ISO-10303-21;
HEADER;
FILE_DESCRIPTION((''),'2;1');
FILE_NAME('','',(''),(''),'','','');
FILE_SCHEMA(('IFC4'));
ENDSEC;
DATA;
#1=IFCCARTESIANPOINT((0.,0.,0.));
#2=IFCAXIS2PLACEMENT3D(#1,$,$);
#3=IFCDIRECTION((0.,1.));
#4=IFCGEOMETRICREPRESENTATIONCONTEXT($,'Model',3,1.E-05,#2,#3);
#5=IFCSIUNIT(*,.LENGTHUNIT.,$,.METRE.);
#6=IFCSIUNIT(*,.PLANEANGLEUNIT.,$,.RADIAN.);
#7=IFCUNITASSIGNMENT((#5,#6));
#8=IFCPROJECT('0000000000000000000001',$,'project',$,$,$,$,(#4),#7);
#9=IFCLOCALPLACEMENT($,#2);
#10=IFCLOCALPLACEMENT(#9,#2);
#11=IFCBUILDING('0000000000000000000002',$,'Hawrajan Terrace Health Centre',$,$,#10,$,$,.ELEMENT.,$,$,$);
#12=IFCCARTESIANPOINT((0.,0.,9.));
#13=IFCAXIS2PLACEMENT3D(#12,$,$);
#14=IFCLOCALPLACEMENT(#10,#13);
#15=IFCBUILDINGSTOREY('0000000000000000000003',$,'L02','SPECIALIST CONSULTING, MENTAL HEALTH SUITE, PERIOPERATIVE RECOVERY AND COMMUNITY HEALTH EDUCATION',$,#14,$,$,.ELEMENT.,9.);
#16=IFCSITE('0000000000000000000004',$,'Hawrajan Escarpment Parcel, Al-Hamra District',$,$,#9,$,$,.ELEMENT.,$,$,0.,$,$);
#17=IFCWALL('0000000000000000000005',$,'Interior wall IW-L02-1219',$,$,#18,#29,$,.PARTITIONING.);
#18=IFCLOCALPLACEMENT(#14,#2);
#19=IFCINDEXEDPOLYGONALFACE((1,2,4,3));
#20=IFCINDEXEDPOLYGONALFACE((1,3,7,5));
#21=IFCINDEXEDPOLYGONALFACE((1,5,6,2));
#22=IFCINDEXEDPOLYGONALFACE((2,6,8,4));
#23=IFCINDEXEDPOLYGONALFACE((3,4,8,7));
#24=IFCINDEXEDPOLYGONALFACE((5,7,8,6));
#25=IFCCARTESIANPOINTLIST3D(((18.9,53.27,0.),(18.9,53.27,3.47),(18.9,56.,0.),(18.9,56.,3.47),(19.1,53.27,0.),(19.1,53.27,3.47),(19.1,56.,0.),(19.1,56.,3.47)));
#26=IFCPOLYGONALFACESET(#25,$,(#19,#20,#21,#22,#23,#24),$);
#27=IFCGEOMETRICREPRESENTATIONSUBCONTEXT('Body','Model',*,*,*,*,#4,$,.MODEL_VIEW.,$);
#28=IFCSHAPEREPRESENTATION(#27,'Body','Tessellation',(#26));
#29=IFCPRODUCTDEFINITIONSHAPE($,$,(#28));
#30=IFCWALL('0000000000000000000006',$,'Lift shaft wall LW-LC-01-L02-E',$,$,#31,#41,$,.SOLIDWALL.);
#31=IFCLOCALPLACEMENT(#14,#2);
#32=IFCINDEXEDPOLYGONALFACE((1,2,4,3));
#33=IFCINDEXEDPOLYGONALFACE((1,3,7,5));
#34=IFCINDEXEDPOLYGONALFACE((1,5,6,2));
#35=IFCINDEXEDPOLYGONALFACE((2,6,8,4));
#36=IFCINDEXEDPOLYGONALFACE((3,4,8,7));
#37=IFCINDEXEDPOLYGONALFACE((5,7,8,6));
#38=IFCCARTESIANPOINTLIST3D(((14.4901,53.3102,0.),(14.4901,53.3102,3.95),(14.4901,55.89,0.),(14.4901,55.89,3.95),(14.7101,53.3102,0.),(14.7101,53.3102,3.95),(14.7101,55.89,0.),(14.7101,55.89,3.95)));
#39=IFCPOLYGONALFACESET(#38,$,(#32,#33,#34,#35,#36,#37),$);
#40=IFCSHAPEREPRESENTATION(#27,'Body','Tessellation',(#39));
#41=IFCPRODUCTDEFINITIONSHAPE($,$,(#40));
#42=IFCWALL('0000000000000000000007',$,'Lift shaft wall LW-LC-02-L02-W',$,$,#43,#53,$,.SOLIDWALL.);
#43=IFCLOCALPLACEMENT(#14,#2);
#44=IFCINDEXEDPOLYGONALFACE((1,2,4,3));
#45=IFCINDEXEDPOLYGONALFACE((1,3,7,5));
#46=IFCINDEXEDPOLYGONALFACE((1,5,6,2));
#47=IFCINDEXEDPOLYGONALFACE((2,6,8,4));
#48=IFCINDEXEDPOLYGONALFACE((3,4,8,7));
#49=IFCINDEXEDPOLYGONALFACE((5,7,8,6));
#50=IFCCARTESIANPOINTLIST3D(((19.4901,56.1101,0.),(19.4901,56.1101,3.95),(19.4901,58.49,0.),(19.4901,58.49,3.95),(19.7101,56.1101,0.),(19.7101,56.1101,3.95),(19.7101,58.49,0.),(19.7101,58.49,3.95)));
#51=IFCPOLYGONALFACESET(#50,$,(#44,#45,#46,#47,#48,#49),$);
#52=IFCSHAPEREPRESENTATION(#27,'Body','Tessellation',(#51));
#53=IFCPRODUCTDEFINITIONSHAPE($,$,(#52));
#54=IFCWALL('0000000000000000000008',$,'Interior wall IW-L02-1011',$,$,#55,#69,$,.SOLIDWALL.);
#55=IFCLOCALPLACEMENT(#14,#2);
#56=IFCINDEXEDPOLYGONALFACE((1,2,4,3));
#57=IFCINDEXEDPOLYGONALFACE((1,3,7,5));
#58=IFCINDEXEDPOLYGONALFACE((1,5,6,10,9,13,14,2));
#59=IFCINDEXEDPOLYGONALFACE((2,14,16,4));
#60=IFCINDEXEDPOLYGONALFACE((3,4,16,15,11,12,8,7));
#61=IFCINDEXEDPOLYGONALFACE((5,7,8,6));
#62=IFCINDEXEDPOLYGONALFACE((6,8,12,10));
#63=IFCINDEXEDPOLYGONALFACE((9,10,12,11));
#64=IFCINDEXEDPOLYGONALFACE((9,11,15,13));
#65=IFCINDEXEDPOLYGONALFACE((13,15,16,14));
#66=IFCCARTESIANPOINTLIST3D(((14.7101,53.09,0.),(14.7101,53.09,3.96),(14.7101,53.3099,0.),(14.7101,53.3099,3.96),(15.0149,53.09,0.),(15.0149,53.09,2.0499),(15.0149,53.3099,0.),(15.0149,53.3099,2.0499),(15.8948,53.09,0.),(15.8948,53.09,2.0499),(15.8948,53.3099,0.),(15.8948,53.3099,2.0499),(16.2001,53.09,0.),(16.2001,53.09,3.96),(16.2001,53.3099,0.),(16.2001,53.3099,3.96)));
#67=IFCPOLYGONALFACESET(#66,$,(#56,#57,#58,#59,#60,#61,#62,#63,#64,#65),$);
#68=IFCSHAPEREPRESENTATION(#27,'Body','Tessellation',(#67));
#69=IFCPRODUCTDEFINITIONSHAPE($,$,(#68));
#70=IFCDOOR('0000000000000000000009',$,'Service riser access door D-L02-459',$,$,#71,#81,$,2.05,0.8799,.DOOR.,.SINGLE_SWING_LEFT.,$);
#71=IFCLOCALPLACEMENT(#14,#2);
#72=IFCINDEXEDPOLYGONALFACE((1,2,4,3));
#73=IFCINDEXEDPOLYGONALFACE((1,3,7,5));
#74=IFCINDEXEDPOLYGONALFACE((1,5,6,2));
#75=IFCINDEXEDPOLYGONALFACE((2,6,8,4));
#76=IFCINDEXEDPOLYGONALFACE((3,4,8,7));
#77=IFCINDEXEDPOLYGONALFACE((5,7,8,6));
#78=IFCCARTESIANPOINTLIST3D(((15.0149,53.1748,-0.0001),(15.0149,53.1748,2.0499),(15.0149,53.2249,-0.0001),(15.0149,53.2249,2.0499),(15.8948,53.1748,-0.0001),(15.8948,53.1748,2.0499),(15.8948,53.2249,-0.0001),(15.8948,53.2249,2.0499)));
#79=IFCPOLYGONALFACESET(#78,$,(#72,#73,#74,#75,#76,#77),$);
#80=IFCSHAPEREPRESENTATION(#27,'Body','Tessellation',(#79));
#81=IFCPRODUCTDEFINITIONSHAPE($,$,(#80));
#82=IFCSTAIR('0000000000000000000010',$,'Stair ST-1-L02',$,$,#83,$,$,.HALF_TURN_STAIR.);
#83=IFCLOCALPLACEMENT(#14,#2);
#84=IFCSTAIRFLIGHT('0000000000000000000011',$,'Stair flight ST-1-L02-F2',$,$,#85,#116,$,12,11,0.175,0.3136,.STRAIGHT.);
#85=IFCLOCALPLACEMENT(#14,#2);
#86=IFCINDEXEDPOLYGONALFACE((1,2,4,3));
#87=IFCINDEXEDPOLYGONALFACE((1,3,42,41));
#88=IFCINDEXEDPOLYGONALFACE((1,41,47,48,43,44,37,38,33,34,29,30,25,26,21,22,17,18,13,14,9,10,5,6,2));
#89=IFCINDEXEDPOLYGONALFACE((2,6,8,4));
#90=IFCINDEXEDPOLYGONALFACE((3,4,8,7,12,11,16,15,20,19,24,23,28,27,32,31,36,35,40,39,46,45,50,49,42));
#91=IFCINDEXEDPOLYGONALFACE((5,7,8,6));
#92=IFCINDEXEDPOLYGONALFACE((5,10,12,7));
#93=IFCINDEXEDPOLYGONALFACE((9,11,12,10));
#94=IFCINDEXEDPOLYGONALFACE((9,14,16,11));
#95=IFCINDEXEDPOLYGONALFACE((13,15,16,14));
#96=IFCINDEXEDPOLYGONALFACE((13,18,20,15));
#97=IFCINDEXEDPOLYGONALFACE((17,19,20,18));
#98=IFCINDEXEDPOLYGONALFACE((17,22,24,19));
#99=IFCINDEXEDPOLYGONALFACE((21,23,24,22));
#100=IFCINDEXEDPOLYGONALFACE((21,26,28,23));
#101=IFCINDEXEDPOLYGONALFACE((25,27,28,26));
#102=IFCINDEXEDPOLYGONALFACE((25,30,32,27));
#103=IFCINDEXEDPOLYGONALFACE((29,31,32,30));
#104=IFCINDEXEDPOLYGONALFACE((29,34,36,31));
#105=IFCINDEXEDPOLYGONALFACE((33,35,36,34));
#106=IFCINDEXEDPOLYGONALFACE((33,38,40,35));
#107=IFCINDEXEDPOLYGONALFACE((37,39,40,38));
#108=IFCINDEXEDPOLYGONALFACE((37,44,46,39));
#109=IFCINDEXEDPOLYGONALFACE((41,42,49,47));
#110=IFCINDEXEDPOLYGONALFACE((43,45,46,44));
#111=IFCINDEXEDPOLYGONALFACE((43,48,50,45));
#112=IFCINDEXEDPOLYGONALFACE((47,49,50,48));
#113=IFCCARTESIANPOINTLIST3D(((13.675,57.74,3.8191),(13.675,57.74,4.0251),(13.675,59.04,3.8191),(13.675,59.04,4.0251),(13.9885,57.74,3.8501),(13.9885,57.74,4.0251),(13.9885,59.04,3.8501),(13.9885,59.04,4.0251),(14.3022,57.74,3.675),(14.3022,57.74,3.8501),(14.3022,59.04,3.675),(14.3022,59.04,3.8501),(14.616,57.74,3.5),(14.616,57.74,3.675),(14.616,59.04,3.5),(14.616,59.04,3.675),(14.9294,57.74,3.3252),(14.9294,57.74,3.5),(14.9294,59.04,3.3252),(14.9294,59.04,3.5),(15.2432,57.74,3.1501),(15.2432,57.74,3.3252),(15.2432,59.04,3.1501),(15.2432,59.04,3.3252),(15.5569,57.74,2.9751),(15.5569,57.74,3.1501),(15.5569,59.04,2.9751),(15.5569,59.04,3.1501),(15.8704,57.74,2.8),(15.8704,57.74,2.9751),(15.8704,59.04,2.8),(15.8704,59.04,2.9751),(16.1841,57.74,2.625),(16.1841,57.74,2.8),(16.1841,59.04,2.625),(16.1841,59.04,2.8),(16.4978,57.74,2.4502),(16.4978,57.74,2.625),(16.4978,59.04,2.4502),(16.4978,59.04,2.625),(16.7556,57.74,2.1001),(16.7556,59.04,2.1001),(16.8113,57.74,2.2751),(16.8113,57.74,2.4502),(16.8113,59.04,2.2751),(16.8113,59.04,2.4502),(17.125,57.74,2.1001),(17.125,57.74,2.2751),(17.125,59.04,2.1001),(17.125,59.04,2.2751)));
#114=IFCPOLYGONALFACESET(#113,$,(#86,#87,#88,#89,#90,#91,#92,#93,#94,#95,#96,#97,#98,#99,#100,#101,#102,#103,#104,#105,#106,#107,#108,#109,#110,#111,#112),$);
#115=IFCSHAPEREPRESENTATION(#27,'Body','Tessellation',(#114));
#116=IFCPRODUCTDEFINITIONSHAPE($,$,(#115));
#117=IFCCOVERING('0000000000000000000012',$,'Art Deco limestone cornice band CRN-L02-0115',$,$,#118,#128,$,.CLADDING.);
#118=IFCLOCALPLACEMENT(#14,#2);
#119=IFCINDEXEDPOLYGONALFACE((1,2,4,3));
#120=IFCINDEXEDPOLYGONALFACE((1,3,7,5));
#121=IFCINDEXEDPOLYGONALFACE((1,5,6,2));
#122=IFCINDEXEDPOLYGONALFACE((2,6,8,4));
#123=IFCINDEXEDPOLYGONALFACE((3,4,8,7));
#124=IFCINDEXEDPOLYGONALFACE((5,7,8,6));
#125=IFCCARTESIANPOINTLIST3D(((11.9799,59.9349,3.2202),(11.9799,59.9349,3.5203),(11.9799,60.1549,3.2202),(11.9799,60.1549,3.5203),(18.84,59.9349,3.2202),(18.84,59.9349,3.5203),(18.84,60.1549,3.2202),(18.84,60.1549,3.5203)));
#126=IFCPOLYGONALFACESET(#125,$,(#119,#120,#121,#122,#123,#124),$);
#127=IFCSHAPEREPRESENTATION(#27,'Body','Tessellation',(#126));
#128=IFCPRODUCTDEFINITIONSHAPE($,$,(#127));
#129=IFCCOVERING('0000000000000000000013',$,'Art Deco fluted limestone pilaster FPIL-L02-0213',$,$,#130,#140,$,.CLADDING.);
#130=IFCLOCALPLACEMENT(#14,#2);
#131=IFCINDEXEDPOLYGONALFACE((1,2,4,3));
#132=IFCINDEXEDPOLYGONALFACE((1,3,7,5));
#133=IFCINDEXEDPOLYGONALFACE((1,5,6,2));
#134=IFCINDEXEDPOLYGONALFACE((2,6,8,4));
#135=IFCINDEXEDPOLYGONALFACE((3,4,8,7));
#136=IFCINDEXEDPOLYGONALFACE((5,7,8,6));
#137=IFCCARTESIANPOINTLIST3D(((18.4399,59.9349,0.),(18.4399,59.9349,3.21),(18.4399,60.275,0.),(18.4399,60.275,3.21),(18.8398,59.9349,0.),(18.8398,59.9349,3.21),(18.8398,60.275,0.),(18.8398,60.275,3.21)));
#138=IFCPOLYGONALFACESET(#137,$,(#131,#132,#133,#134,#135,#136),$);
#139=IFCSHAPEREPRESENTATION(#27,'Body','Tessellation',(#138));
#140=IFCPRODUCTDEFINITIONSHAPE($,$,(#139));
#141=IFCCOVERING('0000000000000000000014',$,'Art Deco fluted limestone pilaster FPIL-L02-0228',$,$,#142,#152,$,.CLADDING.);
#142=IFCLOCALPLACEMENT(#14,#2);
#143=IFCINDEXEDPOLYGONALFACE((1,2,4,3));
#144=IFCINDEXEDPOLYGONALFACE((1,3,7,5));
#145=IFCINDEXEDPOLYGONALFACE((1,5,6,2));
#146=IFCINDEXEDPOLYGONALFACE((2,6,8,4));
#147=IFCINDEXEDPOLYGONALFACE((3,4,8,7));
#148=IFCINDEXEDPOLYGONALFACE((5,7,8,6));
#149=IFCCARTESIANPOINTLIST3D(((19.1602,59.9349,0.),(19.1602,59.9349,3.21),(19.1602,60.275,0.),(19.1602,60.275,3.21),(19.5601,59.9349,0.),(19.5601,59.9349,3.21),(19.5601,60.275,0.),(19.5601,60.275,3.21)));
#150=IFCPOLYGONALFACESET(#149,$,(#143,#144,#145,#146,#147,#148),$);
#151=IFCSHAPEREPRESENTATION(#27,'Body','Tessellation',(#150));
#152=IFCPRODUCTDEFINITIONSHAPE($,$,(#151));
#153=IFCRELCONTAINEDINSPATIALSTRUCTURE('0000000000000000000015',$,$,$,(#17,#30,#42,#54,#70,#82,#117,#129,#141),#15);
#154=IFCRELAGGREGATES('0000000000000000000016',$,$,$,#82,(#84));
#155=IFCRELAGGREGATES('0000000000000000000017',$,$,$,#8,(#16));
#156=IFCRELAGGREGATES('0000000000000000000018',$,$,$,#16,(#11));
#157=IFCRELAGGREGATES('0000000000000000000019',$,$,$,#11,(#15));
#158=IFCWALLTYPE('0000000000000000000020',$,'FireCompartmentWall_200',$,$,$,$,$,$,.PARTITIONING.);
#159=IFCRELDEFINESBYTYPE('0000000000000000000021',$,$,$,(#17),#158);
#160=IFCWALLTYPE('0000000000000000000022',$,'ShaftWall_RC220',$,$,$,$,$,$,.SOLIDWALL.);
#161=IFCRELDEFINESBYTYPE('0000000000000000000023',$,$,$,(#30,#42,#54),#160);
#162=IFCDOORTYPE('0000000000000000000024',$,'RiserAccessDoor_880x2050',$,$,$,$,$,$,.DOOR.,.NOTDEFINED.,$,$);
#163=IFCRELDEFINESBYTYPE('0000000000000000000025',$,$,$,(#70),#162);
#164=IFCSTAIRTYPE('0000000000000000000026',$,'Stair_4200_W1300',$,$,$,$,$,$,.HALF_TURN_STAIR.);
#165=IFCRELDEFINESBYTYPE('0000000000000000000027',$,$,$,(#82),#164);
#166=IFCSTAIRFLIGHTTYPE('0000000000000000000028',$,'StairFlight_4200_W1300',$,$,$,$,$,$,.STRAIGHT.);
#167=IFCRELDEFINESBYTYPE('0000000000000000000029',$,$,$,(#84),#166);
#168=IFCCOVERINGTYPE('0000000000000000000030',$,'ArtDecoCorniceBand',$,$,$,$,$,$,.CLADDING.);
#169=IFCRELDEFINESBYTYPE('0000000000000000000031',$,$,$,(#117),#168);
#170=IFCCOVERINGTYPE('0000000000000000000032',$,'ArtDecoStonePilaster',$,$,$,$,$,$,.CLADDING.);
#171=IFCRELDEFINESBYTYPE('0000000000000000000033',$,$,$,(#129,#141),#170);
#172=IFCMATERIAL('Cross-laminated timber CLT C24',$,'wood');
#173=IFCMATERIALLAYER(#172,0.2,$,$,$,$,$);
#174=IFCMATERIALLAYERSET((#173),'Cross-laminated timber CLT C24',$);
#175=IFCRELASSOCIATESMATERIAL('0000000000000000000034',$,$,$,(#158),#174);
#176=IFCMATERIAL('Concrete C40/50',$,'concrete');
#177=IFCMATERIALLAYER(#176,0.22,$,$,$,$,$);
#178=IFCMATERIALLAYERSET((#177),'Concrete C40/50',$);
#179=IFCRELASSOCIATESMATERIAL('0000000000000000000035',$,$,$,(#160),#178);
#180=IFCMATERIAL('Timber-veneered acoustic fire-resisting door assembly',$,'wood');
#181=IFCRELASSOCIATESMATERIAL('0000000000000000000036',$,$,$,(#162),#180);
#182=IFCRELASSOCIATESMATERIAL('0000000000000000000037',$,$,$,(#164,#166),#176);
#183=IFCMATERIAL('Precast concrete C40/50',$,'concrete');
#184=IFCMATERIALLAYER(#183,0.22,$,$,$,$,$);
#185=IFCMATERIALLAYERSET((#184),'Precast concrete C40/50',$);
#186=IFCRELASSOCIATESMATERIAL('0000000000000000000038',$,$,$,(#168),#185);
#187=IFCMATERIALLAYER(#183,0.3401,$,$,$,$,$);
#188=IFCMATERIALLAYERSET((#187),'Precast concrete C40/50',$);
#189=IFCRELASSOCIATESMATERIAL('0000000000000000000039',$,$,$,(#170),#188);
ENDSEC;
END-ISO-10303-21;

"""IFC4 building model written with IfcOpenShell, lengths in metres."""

from ifc_helpers import new_model, si_unit, direction, frame, frame_2d, origin, origin_2d, place, context, subcontext, project, spatial, polyline, rectangle, outline, extrude, material, layer, layer_set, type_object, element, fill, aggregate, save


model = new_model("IFC4")

# Units and contexts
model_context = context("Model", 3, precision=1e-05, world=origin(), true_north=direction((0.0, 1.0)))
body_context = subcontext(model_context, "Body", "Model", "MODEL_VIEW")
ifc_project = project(units=[si_unit("LENGTHUNIT", "METRE"), si_unit("PLANEANGLEUNIT", "RADIAN")], contexts=[model_context])

# Site, building, storey
site_placement = place(None, origin())
site = spatial("IfcSite", under=ifc_project, at=site_placement, Name="Hawrajan Escarpment Parcel, Al-Hamra District", CompositionType="ELEMENT", RefElevation=0.0)
building_placement = place(site_placement, origin())
building = spatial("IfcBuilding", under=site, at=building_placement, Name="Hawrajan Terrace Health Centre", CompositionType="ELEMENT")
storey_placement = place(building_placement, frame((0.0, 0.0, 9.0)))
storey = spatial("IfcBuildingStorey", under=building, at=storey_placement, Name="L02", Description="SPECIALIST CONSULTING, MENTAL HEALTH SUITE, PERIOPERATIVE RECOVERY AND COMMUNITY HEALTH EDUCATION", CompositionType="ELEMENT", Elevation=9.0)

# Shared definitions
ifc_material_1 = material(Name="Precast concrete C40/50", Category="concrete")

# Walls
ifc_material_2 = material(Name="Concrete C40/50", Category="concrete")
ifc_material_3 = material(Name="Cross-laminated timber CLT C24", Category="wood")
ifc_layer_1 = layer(ifc_material_3, 0.2)
ifc_layer_set_1 = layer_set([ifc_layer_1], Name="Cross-laminated timber CLT C24")
wall_type_1 = type_object("IfcWallType", Name="FireCompartmentWall_200", PredefinedType="PARTITIONING", material=ifc_layer_set_1)
wall_1_placement = place(storey_placement, frame((19.0, 53.27, 0.0), z_axis=(0.0, 0.0, 1.0), x_axis=(0.0, 1.0, 0.0)))
element("IfcWall", 1, at=wall_1_placement, inside=storey, type_object=wall_type_1, Name="Interior wall IW-L02-1219", PredefinedType="PARTITIONING", context=body_context, shape_type="SweptSolid", body=[
    extrude(rectangle(XDim=2.73, YDim=0.2, at=frame_2d((1.365, 0.0))), origin(), (0.0, 0.0, 1.0), 3.47),
])
ifc_layer_2 = layer(ifc_material_2, 0.22)
ifc_layer_set_2 = layer_set([ifc_layer_2], Name="Concrete C40/50")
wall_type_2 = type_object("IfcWallType", Name="ShaftWall_RC220", PredefinedType="SOLIDWALL", material=ifc_layer_set_2)
wall_2_placement = place(storey_placement, frame((14.6001, 53.3101, 0.0), z_axis=(0.0, 0.0, 1.0), x_axis=(0.0, 1.0, 0.0)))
element("IfcWall", 2, at=wall_2_placement, inside=storey, type_object=wall_type_2, Name="Lift shaft wall LW-LC-01-L02-E", PredefinedType="SOLIDWALL", context=body_context, shape_type="SweptSolid", body=[
    extrude(rectangle(XDim=2.5798, YDim=0.22, at=frame_2d((1.29, 0.0))), origin(), (0.0, 0.0, 1.0), 3.95),
])

# Wall
wall_3_placement = place(storey_placement, frame((19.6001, 56.1101, 0.0), z_axis=(0.0, 0.0, 1.0), x_axis=(0.0, 1.0, 0.0)))
element("IfcWall", 3, at=wall_3_placement, inside=storey, type_object=wall_type_2, Name="Lift shaft wall LW-LC-02-L02-W", PredefinedType="SOLIDWALL", context=body_context, shape_type="SweptSolid", body=[
    extrude(rectangle(XDim=2.3799, YDim=0.22, at=frame_2d((1.1899, 0.0))), origin(), (0.0, 0.0, 1.0), 3.95),
])

# Wall, opening, door
wall_4_placement = place(storey_placement, frame((14.71, 53.2, 0.0), z_axis=(0.0, 0.0, 1.0), x_axis=(1.0, 0.0, 0.0)))
wall_4 = element("IfcWall", 4, at=wall_4_placement, inside=storey, type_object=wall_type_2, Name="Interior wall IW-L02-1011", PredefinedType="SOLIDWALL", context=body_context, shape_type="SweptSolid", body=[
    extrude(rectangle(XDim=1.49, YDim=0.22, at=frame_2d((0.7451, 0.0))), origin(), (0.0, 0.0, 1.0), 3.96),
])
opening_1_placement = place(wall_4_placement, frame((0.3049, 0.0, 0.0)))
opening_1 = element("IfcOpeningElement", 5, at=opening_1_placement, cuts=wall_4, PredefinedType="OPENING", context=body_context, shape_type="SweptSolid", body=[
    extrude(rectangle(XDim=0.8799, YDim=2.05, at=frame_2d((0.4399, 1.0249))), frame((0.0, 0.1199, 0.0), z_axis=(0.0, -1.0, 0.0), x_axis=(1.0, 0.0, 0.0)), (0.0, 0.0, 1.0), 0.24),
])
ifc_material_4 = material(Name="Timber-veneered acoustic fire-resisting door assembly", Category="wood")
door_type_1 = type_object("IfcDoorType", Name="RiserAccessDoor_880x2050", OperationType="NOTDEFINED", PredefinedType="DOOR", material=ifc_material_4)
door_1_placement = place(opening_1_placement, origin())
door_1 = element("IfcDoor", 6, at=door_1_placement, inside=storey, type_object=door_type_1, Name="Service riser access door D-L02-459", OperationType="SINGLE_SWING_LEFT", OverallHeight=2.05, OverallWidth=0.8799, PredefinedType="DOOR", context=body_context, shape_type="SweptSolid", body=[
    extrude(rectangle(XDim=0.8799, YDim=2.05, at=frame_2d((0.4399, 1.0249))), frame((0.0, 0.0249, 0.0), z_axis=(0.0, -1.0, 0.0), x_axis=(1.0, 0.0, 0.0)), (0.0, 0.0, 1.0), 0.05),
])
fill(opening_1, door_1)

# Stair, stair flight
stair_type = type_object("IfcStairType", Name="Stair_4200_W1300", PredefinedType="HALF_TURN_STAIR", material=ifc_material_2)
stair_placement = place(storey_placement, origin())
stair = element("IfcStair", 7, at=stair_placement, inside=storey, type_object=stair_type, Name="Stair ST-1-L02", PredefinedType="HALF_TURN_STAIR")
stair_flight_type = type_object("IfcStairFlightType", Name="StairFlight_4200_W1300", PredefinedType="STRAIGHT", material=ifc_material_2)
stair_flight_placement = place(storey_placement, frame((17.125, 58.3899, 2.1001), z_axis=(0.0, 0.0, 1.0), x_axis=(-1.0, 0.0, 0.0)))
stair_flight = element("IfcStairFlight", 8, at=stair_flight_placement, type_object=stair_flight_type, Name="Stair flight ST-1-L02-F2", NumberOfRisers=12, NumberOfTreads=11, PredefinedType="STRAIGHT", RiserHeight=0.175, TreadLength=0.3136, context=body_context, shape_type="SweptSolid", body=[
    extrude(outline(polyline([(0.0, 0.0), (0.0, 0.175), (0.3137, 0.175), (0.3137, 0.3501), (0.6272, 0.3501), (0.6272, 0.5249), (0.9409, 0.5249), (0.9409, 0.7), (1.2546, 0.7), (1.2546, 0.875), (1.5681, 0.875), (1.5681, 1.05), (1.8818, 1.05), (1.8818, 1.2251), (2.1956, 1.2251), (2.1956, 1.3999), (2.509, 1.3999), (2.509, 1.575), (2.8228, 1.575), (2.8228, 1.75), (3.1365, 1.75), (3.1365, 1.925), (3.45, 1.925), (3.45, 2.1001), (3.45, 1.719), (0.3694, 0.0), (0.0, 0.0)])), frame((0.0, 0.6499, 0.0), z_axis=(0.0, -1.0, 0.0), x_axis=(1.0, 0.0, 0.0)), (0.0, 0.0, 1.0), 1.3),
])
aggregate(stair, [stair_flight])

# Coverings
ifc_layer_3 = layer(ifc_material_1, 0.22)
ifc_layer_set_3 = layer_set([ifc_layer_3], Name="Precast concrete C40/50")
covering_type_1 = type_object("IfcCoveringType", Name="ArtDecoCorniceBand", PredefinedType="CLADDING", material=ifc_layer_set_3)
covering_placement = place(storey_placement, frame((15.4099, 60.0449, 3.2202), z_axis=(0.0, 0.0, 1.0), x_axis=(1.0, 0.0, 0.0)))
element("IfcCovering", 9, at=covering_placement, inside=storey, type_object=covering_type_1, Name="Art Deco limestone cornice band CRN-L02-0115", PredefinedType="CLADDING", context=body_context, shape_type="SweptSolid", body=[
    extrude(rectangle(XDim=6.8601, YDim=0.22, at=origin_2d()), origin(), (0.0, 0.0, 1.0), 0.3),
])
ifc_layer_4 = layer(ifc_material_1, 0.3401)
ifc_layer_set_4 = layer_set([ifc_layer_4], Name="Precast concrete C40/50")
covering_type_2 = type_object("IfcCoveringType", Name="ArtDecoStonePilaster", PredefinedType="CLADDING", material=ifc_layer_set_4)
for number, where, z_axis, x_axis, name in (
    (10, (18.6399, 60.105, 0.0), (0.0, 0.0, 1.0), (1.0, 0.0, 0.0), "Art Deco fluted limestone pilaster FPIL-L02-0213"),
    (11, (19.3601, 60.105, 0.0), (0.0, 0.0, 1.0), (1.0, 0.0, 0.0), "Art Deco fluted limestone pilaster FPIL-L02-0228"),
):
    element("IfcCovering", number, at=place(storey_placement, frame(where, z_axis=z_axis, x_axis=x_axis)), inside=storey, type_object=covering_type_2, Name=name, PredefinedType="CLADDING", context=body_context, shape_type="SweptSolid", body=[
        extrude(rectangle(XDim=0.3999, YDim=0.3401, at=origin_2d()), origin(), (0.0, 0.0, 1.0), 3.21),
    ])

save(model, "model.ifc")
